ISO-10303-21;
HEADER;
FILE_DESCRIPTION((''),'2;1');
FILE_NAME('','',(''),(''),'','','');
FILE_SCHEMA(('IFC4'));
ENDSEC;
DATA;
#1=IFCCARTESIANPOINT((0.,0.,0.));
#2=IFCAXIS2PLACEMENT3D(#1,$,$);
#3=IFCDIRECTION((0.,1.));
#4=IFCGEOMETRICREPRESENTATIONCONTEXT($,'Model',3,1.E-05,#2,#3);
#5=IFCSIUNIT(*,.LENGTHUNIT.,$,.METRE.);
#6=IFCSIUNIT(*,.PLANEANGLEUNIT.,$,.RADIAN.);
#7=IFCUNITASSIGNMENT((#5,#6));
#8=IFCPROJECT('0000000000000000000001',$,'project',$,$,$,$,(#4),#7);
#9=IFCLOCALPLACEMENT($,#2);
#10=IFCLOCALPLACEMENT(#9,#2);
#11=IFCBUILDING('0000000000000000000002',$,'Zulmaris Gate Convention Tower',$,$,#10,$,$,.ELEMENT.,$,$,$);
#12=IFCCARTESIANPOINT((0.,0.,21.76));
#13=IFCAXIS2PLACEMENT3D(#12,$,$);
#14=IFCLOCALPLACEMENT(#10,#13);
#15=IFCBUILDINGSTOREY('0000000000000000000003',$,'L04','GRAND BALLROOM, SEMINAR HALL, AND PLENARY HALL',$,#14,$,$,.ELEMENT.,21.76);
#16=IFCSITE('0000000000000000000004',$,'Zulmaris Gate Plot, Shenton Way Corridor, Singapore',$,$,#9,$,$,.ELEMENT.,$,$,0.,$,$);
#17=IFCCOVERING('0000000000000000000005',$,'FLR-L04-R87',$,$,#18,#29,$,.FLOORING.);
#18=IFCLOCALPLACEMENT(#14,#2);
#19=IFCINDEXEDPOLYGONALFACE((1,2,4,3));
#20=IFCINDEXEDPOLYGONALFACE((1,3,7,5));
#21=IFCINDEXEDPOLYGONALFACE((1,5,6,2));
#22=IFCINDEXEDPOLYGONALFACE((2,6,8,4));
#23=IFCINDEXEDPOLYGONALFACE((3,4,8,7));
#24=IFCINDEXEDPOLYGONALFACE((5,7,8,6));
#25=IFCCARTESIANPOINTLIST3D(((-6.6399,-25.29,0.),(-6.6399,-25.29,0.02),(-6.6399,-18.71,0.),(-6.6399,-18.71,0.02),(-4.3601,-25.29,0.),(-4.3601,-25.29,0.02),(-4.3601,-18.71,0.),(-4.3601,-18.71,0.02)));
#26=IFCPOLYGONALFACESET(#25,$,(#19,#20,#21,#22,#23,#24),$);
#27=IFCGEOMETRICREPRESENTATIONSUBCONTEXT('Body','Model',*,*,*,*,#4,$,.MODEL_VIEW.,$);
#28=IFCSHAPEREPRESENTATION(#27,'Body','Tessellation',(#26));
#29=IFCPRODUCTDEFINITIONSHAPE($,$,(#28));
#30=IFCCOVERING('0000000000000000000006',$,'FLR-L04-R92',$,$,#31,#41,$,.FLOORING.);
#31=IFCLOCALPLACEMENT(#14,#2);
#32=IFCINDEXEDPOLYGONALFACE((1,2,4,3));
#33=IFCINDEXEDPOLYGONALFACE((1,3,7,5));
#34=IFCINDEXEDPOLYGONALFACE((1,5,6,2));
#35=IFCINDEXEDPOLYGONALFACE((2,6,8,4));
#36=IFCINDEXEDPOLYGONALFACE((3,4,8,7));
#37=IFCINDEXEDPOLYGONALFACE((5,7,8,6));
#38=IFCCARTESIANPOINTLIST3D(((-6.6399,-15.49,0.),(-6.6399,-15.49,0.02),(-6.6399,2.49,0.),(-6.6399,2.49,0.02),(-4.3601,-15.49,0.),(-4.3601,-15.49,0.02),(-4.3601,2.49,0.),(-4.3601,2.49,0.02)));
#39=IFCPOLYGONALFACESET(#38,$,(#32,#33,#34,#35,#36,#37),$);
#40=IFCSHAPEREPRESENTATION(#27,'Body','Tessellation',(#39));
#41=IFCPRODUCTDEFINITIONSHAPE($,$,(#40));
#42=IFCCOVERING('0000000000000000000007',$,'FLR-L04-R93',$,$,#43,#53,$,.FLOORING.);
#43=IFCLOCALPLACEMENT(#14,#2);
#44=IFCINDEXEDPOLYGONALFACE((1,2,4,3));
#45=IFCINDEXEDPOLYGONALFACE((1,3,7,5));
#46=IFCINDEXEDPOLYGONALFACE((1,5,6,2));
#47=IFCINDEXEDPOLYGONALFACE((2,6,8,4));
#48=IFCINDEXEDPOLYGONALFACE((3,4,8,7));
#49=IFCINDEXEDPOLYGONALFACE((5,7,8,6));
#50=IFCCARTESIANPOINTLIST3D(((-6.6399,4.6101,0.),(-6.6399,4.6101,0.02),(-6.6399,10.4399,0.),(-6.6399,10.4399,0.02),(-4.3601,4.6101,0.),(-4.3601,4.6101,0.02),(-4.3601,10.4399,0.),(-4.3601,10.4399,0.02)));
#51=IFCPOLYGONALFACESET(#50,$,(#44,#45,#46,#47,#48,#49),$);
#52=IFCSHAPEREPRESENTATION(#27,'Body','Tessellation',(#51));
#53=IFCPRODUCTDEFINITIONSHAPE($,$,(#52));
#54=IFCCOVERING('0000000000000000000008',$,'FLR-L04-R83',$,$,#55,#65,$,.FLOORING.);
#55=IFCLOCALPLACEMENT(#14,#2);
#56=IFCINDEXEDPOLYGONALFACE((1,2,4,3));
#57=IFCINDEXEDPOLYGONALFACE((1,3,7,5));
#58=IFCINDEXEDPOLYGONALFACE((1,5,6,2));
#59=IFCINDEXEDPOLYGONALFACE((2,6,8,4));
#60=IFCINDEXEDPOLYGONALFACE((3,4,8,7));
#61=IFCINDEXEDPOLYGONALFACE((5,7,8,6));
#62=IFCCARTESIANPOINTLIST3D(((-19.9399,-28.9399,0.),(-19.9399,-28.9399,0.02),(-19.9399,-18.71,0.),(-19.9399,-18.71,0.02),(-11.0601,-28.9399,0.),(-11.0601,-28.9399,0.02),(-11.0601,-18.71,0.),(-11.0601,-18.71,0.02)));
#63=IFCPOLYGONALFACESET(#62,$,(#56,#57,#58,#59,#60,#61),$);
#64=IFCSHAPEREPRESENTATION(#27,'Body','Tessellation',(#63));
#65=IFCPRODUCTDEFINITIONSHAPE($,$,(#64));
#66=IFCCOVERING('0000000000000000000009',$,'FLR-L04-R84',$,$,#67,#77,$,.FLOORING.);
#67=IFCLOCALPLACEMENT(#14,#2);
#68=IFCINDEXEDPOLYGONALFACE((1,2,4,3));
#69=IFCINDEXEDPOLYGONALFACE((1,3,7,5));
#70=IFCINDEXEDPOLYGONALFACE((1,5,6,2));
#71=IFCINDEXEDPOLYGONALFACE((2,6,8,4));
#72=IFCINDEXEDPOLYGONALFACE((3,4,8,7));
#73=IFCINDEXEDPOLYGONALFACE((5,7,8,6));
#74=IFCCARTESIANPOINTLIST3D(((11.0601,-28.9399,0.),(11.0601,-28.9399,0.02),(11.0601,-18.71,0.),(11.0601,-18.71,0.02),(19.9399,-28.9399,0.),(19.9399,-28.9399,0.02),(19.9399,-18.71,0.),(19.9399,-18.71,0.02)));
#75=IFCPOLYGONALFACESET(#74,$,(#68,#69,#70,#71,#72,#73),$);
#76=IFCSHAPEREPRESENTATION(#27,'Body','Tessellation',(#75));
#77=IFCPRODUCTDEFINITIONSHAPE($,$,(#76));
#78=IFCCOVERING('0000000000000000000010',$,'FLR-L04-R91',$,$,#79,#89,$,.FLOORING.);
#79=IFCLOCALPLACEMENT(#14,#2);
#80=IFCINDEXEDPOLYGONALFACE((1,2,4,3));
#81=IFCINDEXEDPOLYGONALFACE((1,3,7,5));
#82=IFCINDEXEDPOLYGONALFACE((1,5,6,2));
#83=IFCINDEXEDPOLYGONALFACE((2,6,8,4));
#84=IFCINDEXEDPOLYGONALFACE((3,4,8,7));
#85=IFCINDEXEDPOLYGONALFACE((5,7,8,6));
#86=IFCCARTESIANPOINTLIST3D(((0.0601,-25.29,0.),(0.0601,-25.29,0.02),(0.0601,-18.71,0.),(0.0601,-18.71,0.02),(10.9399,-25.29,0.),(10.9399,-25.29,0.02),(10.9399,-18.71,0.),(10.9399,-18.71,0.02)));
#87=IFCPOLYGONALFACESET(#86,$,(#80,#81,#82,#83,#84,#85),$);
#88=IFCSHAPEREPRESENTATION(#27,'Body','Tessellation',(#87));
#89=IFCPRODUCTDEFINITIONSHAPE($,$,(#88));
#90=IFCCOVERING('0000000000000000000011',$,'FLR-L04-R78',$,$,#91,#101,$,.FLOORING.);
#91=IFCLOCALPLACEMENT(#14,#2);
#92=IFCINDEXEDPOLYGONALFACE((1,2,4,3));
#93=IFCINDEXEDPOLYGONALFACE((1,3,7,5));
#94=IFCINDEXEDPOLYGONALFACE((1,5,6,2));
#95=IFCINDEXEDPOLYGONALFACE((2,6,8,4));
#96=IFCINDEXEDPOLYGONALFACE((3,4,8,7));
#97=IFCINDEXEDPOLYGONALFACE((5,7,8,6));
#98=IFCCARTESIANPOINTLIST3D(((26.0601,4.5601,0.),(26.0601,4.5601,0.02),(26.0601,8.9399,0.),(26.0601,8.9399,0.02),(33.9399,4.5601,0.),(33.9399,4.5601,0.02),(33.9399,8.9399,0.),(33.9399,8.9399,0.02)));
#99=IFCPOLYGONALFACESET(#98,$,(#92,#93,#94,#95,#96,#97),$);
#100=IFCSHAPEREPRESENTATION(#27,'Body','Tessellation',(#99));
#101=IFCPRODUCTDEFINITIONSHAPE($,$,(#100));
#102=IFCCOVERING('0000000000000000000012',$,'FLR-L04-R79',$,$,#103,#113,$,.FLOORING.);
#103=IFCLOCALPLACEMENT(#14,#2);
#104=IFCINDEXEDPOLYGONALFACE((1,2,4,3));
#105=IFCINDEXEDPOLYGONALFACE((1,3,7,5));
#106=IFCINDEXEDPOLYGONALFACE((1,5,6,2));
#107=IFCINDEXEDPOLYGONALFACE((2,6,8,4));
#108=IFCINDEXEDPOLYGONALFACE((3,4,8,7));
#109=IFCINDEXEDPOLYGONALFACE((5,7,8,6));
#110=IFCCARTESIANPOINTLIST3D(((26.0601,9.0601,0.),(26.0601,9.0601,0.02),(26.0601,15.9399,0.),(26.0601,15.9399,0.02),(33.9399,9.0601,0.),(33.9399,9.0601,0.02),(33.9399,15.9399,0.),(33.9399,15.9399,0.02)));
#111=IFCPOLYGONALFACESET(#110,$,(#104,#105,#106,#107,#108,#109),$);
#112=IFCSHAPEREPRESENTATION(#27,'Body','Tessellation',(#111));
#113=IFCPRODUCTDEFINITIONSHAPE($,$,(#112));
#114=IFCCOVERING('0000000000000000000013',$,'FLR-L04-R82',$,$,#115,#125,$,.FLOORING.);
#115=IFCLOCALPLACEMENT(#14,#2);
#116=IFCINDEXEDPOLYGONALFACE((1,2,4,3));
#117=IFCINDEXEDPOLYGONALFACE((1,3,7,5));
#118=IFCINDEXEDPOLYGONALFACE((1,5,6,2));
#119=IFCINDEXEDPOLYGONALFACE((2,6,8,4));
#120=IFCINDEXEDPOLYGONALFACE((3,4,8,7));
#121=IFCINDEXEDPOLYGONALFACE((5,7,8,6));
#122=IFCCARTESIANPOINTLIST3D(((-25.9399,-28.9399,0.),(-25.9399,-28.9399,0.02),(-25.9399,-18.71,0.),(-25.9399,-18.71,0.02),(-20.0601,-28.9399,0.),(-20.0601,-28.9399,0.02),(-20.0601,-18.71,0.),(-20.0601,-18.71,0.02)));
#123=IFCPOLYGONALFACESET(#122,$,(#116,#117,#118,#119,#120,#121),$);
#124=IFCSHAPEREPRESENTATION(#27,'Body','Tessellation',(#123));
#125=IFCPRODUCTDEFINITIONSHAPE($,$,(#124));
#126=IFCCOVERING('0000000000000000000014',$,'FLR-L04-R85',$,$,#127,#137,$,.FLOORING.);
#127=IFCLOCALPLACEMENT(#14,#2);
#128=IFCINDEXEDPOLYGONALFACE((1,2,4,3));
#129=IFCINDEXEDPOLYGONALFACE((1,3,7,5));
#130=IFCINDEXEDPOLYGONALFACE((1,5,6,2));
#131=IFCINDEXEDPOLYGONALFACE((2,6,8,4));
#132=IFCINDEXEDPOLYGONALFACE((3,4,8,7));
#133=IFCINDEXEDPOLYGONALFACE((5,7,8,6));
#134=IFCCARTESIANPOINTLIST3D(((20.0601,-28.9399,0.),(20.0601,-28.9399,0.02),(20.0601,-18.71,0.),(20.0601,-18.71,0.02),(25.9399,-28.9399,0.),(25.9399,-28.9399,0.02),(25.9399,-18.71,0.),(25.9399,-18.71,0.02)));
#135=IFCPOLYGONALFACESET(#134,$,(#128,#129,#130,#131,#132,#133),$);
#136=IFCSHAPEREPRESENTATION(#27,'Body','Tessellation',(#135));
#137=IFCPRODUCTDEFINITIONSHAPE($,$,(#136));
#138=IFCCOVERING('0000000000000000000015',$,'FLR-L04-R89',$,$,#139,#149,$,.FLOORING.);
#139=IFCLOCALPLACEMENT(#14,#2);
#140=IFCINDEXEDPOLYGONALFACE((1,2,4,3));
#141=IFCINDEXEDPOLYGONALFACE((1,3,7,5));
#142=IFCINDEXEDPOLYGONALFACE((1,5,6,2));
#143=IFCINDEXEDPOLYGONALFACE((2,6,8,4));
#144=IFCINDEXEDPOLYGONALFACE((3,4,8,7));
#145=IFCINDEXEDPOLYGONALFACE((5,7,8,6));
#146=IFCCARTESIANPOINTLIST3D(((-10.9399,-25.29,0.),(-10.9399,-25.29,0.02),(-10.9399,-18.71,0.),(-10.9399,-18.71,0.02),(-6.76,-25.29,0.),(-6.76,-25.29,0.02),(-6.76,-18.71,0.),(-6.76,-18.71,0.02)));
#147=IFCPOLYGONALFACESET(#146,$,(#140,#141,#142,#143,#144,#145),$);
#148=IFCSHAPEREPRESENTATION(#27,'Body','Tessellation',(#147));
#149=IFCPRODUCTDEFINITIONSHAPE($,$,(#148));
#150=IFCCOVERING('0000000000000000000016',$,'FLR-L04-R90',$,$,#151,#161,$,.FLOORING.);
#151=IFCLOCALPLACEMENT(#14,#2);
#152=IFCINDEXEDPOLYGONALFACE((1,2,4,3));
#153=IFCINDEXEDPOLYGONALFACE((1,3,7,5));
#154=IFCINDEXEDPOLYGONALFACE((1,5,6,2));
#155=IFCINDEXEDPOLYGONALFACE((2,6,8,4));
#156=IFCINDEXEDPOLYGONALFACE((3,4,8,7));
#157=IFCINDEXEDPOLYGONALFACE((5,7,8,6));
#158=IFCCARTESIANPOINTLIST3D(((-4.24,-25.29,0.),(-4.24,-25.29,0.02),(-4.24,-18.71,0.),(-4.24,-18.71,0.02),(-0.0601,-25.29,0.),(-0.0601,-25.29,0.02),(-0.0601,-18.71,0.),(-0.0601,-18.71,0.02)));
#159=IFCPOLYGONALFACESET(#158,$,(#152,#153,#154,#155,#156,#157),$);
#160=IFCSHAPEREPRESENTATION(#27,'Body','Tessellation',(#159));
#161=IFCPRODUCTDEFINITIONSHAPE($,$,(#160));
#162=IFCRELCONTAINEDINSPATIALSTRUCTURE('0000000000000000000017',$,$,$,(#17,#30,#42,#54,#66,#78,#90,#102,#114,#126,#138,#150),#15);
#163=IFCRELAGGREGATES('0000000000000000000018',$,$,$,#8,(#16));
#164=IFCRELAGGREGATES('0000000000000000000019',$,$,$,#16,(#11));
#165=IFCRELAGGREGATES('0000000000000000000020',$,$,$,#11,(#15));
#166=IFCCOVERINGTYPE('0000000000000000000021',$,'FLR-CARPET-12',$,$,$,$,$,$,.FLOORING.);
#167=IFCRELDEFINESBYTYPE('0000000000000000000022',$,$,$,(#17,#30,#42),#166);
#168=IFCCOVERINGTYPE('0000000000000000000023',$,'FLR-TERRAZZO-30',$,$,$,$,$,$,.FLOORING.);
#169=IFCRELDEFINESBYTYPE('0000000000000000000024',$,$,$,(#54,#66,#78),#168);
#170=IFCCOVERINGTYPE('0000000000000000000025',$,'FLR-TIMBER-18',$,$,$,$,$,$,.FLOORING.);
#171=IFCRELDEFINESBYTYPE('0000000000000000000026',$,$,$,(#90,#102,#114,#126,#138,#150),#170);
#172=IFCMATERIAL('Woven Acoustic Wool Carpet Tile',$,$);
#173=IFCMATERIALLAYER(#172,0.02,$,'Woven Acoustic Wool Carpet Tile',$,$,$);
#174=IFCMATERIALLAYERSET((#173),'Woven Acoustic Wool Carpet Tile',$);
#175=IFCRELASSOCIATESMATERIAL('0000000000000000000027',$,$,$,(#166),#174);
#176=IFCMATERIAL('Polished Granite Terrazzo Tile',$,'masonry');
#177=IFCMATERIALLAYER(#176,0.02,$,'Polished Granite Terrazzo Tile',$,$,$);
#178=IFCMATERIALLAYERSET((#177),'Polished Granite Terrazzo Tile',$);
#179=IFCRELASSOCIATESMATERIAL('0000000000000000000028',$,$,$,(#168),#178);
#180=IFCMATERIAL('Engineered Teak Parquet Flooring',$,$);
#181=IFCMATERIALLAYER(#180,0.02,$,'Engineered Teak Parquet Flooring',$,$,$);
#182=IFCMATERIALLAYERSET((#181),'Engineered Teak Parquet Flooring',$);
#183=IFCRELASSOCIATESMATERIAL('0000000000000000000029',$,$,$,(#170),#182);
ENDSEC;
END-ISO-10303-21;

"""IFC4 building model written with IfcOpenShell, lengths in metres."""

from ifc_helpers import new_model, si_unit, direction, frame, origin, place, context, subcontext, project, spatial, polyline, outline, extrude, material, layer, layer_set, type_object, element, save


model = new_model("IFC4")

# Units and contexts
model_context = context("Model", 3, precision=1e-05, world=origin(), true_north=direction((0.0, 1.0)))
body_context = subcontext(model_context, "Body", "Model", "MODEL_VIEW")
ifc_project = project(units=[si_unit("LENGTHUNIT", "METRE"), si_unit("PLANEANGLEUNIT", "RADIAN")], contexts=[model_context])

# Site, building, storey
site_placement = place(None, origin())
site = spatial("IfcSite", under=ifc_project, at=site_placement, Name="Zulmaris Gate Plot, Shenton Way Corridor, Singapore", CompositionType="ELEMENT", RefElevation=0.0)
building_placement = place(site_placement, origin())
building = spatial("IfcBuilding", under=site, at=building_placement, Name="Zulmaris Gate Convention Tower", CompositionType="ELEMENT")
storey_placement = place(building_placement, frame((0.0, 0.0, 21.76)))
storey = spatial("IfcBuildingStorey", under=building, at=storey_placement, Name="L04", Description="GRAND BALLROOM, SEMINAR HALL, AND PLENARY HALL", CompositionType="ELEMENT", Elevation=21.76)

# Coverings
ifc_material_1 = material(Name="Woven Acoustic Wool Carpet Tile")
ifc_layer_1 = layer(ifc_material_1, 0.02, Name="Woven Acoustic Wool Carpet Tile")
ifc_layer_set_1 = layer_set([ifc_layer_1], Name="Woven Acoustic Wool Carpet Tile")
covering_type_1 = type_object("IfcCoveringType", Name="FLR-CARPET-12", PredefinedType="FLOORING", material=ifc_layer_set_1)
covering_1_placement = place(storey_placement, origin())
element("IfcCovering", 1, at=covering_1_placement, inside=storey, type_object=covering_type_1, Name="FLR-L04-R87", PredefinedType="FLOORING", context=body_context, shape_type="SweptSolid", body=[
    extrude(outline(polyline([(-6.6399, -25.29), (-4.3601, -25.29), (-4.3601, -18.71), (-6.6399, -18.71), (-6.6399, -25.29)])), origin(), (0.0, 0.0, 1.0), 0.02),
])
covering_2_placement = place(storey_placement, origin())
element("IfcCovering", 2, at=covering_2_placement, inside=storey, type_object=covering_type_1, Name="FLR-L04-R92", PredefinedType="FLOORING", context=body_context, shape_type="SweptSolid", body=[
    extrude(outline(polyline([(-6.6399, -15.49), (-4.3601, -15.49), (-4.3601, 2.49), (-6.6399, 2.49), (-6.6399, -15.49)])), origin(), (0.0, 0.0, 1.0), 0.02),
])
covering_3_placement = place(storey_placement, origin())
element("IfcCovering", 3, at=covering_3_placement, inside=storey, type_object=covering_type_1, Name="FLR-L04-R93", PredefinedType="FLOORING", context=body_context, shape_type="SweptSolid", body=[
    extrude(outline(polyline([(-6.6399, 4.6101), (-4.3601, 4.6101), (-4.3601, 10.4399), (-6.6399, 10.4399), (-6.6399, 4.6101)])), origin(), (0.0, 0.0, 1.0), 0.02),
])
ifc_material_2 = material(Name="Polished Granite Terrazzo Tile", Category="masonry")
ifc_layer_2 = layer(ifc_material_2, 0.02, Name="Polished Granite Terrazzo Tile")
ifc_layer_set_2 = layer_set([ifc_layer_2], Name="Polished Granite Terrazzo Tile")
covering_type_2 = type_object("IfcCoveringType", Name="FLR-TERRAZZO-30", PredefinedType="FLOORING", material=ifc_layer_set_2)
covering_4_placement = place(storey_placement, origin())
element("IfcCovering", 4, at=covering_4_placement, inside=storey, type_object=covering_type_2, Name="FLR-L04-R83", PredefinedType="FLOORING", context=body_context, shape_type="SweptSolid", body=[
    extrude(outline(polyline([(-19.9399, -28.9399), (-11.0601, -28.9399), (-11.0601, -18.71), (-19.9399, -18.71), (-19.9399, -28.9399)])), origin(), (0.0, 0.0, 1.0), 0.02),
])
covering_5_placement = place(storey_placement, origin())
element("IfcCovering", 5, at=covering_5_placement, inside=storey, type_object=covering_type_2, Name="FLR-L04-R84", PredefinedType="FLOORING", context=body_context, shape_type="SweptSolid", body=[
    extrude(outline(polyline([(11.0601, -28.9399), (19.9399, -28.9399), (19.9399, -18.71), (11.0601, -18.71), (11.0601, -28.9399)])), origin(), (0.0, 0.0, 1.0), 0.02),
])
covering_6_placement = place(storey_placement, origin())
element("IfcCovering", 6, at=covering_6_placement, inside=storey, type_object=covering_type_2, Name="FLR-L04-R91", PredefinedType="FLOORING", context=body_context, shape_type="SweptSolid", body=[
    extrude(outline(polyline([(0.0601, -25.29), (10.9399, -25.29), (10.9399, -18.71), (0.0601, -18.71), (0.0601, -25.29)])), origin(), (0.0, 0.0, 1.0), 0.02),
])
ifc_material_3 = material(Name="Engineered Teak Parquet Flooring")
ifc_layer_3 = layer(ifc_material_3, 0.02, Name="Engineered Teak Parquet Flooring")
ifc_layer_set_3 = layer_set([ifc_layer_3], Name="Engineered Teak Parquet Flooring")
covering_type_3 = type_object("IfcCoveringType", Name="FLR-TIMBER-18", PredefinedType="FLOORING", material=ifc_layer_set_3)
covering_7_placement = place(storey_placement, origin())
element("IfcCovering", 7, at=covering_7_placement, inside=storey, type_object=covering_type_3, Name="FLR-L04-R78", PredefinedType="FLOORING", context=body_context, shape_type="SweptSolid", body=[
    extrude(outline(polyline([(26.0601, 4.5601), (33.9399, 4.5601), (33.9399, 8.9399), (26.0601, 8.9399), (26.0601, 4.5601)])), origin(), (0.0, 0.0, 1.0), 0.02),
])
covering_8_placement = place(storey_placement, origin())
element("IfcCovering", 8, at=covering_8_placement, inside=storey, type_object=covering_type_3, Name="FLR-L04-R79", PredefinedType="FLOORING", context=body_context, shape_type="SweptSolid", body=[
    extrude(outline(polyline([(26.0601, 9.0601), (33.9399, 9.0601), (33.9399, 15.9399), (26.0601, 15.9399), (26.0601, 9.0601)])), origin(), (0.0, 0.0, 1.0), 0.02),
])
covering_9_placement = place(storey_placement, origin())
element("IfcCovering", 9, at=covering_9_placement, inside=storey, type_object=covering_type_3, Name="FLR-L04-R82", PredefinedType="FLOORING", context=body_context, shape_type="SweptSolid", body=[
    extrude(outline(polyline([(-25.9399, -28.9399), (-20.0601, -28.9399), (-20.0601, -18.71), (-25.9399, -18.71), (-25.9399, -28.9399)])), origin(), (0.0, 0.0, 1.0), 0.02),
])
covering_10_placement = place(storey_placement, origin())
element("IfcCovering", 10, at=covering_10_placement, inside=storey, type_object=covering_type_3, Name="FLR-L04-R85", PredefinedType="FLOORING", context=body_context, shape_type="SweptSolid", body=[
    extrude(outline(polyline([(20.0601, -28.9399), (25.9399, -28.9399), (25.9399, -18.71), (20.0601, -18.71), (20.0601, -28.9399)])), origin(), (0.0, 0.0, 1.0), 0.02),
])
covering_11_placement = place(storey_placement, origin())
element("IfcCovering", 11, at=covering_11_placement, inside=storey, type_object=covering_type_3, Name="FLR-L04-R89", PredefinedType="FLOORING", context=body_context, shape_type="SweptSolid", body=[
    extrude(outline(polyline([(-10.9399, -25.29), (-6.76, -25.29), (-6.76, -18.71), (-10.9399, -18.71), (-10.9399, -25.29)])), origin(), (0.0, 0.0, 1.0), 0.02),
])
covering_12_placement = place(storey_placement, origin())
element("IfcCovering", 12, at=covering_12_placement, inside=storey, type_object=covering_type_3, Name="FLR-L04-R90", PredefinedType="FLOORING", context=body_context, shape_type="SweptSolid", body=[
    extrude(outline(polyline([(-4.24, -25.29), (-0.0601, -25.29), (-0.0601, -18.71), (-4.24, -18.71), (-4.24, -25.29)])), origin(), (0.0, 0.0, 1.0), 0.02),
])

save(model, "model.ifc")
